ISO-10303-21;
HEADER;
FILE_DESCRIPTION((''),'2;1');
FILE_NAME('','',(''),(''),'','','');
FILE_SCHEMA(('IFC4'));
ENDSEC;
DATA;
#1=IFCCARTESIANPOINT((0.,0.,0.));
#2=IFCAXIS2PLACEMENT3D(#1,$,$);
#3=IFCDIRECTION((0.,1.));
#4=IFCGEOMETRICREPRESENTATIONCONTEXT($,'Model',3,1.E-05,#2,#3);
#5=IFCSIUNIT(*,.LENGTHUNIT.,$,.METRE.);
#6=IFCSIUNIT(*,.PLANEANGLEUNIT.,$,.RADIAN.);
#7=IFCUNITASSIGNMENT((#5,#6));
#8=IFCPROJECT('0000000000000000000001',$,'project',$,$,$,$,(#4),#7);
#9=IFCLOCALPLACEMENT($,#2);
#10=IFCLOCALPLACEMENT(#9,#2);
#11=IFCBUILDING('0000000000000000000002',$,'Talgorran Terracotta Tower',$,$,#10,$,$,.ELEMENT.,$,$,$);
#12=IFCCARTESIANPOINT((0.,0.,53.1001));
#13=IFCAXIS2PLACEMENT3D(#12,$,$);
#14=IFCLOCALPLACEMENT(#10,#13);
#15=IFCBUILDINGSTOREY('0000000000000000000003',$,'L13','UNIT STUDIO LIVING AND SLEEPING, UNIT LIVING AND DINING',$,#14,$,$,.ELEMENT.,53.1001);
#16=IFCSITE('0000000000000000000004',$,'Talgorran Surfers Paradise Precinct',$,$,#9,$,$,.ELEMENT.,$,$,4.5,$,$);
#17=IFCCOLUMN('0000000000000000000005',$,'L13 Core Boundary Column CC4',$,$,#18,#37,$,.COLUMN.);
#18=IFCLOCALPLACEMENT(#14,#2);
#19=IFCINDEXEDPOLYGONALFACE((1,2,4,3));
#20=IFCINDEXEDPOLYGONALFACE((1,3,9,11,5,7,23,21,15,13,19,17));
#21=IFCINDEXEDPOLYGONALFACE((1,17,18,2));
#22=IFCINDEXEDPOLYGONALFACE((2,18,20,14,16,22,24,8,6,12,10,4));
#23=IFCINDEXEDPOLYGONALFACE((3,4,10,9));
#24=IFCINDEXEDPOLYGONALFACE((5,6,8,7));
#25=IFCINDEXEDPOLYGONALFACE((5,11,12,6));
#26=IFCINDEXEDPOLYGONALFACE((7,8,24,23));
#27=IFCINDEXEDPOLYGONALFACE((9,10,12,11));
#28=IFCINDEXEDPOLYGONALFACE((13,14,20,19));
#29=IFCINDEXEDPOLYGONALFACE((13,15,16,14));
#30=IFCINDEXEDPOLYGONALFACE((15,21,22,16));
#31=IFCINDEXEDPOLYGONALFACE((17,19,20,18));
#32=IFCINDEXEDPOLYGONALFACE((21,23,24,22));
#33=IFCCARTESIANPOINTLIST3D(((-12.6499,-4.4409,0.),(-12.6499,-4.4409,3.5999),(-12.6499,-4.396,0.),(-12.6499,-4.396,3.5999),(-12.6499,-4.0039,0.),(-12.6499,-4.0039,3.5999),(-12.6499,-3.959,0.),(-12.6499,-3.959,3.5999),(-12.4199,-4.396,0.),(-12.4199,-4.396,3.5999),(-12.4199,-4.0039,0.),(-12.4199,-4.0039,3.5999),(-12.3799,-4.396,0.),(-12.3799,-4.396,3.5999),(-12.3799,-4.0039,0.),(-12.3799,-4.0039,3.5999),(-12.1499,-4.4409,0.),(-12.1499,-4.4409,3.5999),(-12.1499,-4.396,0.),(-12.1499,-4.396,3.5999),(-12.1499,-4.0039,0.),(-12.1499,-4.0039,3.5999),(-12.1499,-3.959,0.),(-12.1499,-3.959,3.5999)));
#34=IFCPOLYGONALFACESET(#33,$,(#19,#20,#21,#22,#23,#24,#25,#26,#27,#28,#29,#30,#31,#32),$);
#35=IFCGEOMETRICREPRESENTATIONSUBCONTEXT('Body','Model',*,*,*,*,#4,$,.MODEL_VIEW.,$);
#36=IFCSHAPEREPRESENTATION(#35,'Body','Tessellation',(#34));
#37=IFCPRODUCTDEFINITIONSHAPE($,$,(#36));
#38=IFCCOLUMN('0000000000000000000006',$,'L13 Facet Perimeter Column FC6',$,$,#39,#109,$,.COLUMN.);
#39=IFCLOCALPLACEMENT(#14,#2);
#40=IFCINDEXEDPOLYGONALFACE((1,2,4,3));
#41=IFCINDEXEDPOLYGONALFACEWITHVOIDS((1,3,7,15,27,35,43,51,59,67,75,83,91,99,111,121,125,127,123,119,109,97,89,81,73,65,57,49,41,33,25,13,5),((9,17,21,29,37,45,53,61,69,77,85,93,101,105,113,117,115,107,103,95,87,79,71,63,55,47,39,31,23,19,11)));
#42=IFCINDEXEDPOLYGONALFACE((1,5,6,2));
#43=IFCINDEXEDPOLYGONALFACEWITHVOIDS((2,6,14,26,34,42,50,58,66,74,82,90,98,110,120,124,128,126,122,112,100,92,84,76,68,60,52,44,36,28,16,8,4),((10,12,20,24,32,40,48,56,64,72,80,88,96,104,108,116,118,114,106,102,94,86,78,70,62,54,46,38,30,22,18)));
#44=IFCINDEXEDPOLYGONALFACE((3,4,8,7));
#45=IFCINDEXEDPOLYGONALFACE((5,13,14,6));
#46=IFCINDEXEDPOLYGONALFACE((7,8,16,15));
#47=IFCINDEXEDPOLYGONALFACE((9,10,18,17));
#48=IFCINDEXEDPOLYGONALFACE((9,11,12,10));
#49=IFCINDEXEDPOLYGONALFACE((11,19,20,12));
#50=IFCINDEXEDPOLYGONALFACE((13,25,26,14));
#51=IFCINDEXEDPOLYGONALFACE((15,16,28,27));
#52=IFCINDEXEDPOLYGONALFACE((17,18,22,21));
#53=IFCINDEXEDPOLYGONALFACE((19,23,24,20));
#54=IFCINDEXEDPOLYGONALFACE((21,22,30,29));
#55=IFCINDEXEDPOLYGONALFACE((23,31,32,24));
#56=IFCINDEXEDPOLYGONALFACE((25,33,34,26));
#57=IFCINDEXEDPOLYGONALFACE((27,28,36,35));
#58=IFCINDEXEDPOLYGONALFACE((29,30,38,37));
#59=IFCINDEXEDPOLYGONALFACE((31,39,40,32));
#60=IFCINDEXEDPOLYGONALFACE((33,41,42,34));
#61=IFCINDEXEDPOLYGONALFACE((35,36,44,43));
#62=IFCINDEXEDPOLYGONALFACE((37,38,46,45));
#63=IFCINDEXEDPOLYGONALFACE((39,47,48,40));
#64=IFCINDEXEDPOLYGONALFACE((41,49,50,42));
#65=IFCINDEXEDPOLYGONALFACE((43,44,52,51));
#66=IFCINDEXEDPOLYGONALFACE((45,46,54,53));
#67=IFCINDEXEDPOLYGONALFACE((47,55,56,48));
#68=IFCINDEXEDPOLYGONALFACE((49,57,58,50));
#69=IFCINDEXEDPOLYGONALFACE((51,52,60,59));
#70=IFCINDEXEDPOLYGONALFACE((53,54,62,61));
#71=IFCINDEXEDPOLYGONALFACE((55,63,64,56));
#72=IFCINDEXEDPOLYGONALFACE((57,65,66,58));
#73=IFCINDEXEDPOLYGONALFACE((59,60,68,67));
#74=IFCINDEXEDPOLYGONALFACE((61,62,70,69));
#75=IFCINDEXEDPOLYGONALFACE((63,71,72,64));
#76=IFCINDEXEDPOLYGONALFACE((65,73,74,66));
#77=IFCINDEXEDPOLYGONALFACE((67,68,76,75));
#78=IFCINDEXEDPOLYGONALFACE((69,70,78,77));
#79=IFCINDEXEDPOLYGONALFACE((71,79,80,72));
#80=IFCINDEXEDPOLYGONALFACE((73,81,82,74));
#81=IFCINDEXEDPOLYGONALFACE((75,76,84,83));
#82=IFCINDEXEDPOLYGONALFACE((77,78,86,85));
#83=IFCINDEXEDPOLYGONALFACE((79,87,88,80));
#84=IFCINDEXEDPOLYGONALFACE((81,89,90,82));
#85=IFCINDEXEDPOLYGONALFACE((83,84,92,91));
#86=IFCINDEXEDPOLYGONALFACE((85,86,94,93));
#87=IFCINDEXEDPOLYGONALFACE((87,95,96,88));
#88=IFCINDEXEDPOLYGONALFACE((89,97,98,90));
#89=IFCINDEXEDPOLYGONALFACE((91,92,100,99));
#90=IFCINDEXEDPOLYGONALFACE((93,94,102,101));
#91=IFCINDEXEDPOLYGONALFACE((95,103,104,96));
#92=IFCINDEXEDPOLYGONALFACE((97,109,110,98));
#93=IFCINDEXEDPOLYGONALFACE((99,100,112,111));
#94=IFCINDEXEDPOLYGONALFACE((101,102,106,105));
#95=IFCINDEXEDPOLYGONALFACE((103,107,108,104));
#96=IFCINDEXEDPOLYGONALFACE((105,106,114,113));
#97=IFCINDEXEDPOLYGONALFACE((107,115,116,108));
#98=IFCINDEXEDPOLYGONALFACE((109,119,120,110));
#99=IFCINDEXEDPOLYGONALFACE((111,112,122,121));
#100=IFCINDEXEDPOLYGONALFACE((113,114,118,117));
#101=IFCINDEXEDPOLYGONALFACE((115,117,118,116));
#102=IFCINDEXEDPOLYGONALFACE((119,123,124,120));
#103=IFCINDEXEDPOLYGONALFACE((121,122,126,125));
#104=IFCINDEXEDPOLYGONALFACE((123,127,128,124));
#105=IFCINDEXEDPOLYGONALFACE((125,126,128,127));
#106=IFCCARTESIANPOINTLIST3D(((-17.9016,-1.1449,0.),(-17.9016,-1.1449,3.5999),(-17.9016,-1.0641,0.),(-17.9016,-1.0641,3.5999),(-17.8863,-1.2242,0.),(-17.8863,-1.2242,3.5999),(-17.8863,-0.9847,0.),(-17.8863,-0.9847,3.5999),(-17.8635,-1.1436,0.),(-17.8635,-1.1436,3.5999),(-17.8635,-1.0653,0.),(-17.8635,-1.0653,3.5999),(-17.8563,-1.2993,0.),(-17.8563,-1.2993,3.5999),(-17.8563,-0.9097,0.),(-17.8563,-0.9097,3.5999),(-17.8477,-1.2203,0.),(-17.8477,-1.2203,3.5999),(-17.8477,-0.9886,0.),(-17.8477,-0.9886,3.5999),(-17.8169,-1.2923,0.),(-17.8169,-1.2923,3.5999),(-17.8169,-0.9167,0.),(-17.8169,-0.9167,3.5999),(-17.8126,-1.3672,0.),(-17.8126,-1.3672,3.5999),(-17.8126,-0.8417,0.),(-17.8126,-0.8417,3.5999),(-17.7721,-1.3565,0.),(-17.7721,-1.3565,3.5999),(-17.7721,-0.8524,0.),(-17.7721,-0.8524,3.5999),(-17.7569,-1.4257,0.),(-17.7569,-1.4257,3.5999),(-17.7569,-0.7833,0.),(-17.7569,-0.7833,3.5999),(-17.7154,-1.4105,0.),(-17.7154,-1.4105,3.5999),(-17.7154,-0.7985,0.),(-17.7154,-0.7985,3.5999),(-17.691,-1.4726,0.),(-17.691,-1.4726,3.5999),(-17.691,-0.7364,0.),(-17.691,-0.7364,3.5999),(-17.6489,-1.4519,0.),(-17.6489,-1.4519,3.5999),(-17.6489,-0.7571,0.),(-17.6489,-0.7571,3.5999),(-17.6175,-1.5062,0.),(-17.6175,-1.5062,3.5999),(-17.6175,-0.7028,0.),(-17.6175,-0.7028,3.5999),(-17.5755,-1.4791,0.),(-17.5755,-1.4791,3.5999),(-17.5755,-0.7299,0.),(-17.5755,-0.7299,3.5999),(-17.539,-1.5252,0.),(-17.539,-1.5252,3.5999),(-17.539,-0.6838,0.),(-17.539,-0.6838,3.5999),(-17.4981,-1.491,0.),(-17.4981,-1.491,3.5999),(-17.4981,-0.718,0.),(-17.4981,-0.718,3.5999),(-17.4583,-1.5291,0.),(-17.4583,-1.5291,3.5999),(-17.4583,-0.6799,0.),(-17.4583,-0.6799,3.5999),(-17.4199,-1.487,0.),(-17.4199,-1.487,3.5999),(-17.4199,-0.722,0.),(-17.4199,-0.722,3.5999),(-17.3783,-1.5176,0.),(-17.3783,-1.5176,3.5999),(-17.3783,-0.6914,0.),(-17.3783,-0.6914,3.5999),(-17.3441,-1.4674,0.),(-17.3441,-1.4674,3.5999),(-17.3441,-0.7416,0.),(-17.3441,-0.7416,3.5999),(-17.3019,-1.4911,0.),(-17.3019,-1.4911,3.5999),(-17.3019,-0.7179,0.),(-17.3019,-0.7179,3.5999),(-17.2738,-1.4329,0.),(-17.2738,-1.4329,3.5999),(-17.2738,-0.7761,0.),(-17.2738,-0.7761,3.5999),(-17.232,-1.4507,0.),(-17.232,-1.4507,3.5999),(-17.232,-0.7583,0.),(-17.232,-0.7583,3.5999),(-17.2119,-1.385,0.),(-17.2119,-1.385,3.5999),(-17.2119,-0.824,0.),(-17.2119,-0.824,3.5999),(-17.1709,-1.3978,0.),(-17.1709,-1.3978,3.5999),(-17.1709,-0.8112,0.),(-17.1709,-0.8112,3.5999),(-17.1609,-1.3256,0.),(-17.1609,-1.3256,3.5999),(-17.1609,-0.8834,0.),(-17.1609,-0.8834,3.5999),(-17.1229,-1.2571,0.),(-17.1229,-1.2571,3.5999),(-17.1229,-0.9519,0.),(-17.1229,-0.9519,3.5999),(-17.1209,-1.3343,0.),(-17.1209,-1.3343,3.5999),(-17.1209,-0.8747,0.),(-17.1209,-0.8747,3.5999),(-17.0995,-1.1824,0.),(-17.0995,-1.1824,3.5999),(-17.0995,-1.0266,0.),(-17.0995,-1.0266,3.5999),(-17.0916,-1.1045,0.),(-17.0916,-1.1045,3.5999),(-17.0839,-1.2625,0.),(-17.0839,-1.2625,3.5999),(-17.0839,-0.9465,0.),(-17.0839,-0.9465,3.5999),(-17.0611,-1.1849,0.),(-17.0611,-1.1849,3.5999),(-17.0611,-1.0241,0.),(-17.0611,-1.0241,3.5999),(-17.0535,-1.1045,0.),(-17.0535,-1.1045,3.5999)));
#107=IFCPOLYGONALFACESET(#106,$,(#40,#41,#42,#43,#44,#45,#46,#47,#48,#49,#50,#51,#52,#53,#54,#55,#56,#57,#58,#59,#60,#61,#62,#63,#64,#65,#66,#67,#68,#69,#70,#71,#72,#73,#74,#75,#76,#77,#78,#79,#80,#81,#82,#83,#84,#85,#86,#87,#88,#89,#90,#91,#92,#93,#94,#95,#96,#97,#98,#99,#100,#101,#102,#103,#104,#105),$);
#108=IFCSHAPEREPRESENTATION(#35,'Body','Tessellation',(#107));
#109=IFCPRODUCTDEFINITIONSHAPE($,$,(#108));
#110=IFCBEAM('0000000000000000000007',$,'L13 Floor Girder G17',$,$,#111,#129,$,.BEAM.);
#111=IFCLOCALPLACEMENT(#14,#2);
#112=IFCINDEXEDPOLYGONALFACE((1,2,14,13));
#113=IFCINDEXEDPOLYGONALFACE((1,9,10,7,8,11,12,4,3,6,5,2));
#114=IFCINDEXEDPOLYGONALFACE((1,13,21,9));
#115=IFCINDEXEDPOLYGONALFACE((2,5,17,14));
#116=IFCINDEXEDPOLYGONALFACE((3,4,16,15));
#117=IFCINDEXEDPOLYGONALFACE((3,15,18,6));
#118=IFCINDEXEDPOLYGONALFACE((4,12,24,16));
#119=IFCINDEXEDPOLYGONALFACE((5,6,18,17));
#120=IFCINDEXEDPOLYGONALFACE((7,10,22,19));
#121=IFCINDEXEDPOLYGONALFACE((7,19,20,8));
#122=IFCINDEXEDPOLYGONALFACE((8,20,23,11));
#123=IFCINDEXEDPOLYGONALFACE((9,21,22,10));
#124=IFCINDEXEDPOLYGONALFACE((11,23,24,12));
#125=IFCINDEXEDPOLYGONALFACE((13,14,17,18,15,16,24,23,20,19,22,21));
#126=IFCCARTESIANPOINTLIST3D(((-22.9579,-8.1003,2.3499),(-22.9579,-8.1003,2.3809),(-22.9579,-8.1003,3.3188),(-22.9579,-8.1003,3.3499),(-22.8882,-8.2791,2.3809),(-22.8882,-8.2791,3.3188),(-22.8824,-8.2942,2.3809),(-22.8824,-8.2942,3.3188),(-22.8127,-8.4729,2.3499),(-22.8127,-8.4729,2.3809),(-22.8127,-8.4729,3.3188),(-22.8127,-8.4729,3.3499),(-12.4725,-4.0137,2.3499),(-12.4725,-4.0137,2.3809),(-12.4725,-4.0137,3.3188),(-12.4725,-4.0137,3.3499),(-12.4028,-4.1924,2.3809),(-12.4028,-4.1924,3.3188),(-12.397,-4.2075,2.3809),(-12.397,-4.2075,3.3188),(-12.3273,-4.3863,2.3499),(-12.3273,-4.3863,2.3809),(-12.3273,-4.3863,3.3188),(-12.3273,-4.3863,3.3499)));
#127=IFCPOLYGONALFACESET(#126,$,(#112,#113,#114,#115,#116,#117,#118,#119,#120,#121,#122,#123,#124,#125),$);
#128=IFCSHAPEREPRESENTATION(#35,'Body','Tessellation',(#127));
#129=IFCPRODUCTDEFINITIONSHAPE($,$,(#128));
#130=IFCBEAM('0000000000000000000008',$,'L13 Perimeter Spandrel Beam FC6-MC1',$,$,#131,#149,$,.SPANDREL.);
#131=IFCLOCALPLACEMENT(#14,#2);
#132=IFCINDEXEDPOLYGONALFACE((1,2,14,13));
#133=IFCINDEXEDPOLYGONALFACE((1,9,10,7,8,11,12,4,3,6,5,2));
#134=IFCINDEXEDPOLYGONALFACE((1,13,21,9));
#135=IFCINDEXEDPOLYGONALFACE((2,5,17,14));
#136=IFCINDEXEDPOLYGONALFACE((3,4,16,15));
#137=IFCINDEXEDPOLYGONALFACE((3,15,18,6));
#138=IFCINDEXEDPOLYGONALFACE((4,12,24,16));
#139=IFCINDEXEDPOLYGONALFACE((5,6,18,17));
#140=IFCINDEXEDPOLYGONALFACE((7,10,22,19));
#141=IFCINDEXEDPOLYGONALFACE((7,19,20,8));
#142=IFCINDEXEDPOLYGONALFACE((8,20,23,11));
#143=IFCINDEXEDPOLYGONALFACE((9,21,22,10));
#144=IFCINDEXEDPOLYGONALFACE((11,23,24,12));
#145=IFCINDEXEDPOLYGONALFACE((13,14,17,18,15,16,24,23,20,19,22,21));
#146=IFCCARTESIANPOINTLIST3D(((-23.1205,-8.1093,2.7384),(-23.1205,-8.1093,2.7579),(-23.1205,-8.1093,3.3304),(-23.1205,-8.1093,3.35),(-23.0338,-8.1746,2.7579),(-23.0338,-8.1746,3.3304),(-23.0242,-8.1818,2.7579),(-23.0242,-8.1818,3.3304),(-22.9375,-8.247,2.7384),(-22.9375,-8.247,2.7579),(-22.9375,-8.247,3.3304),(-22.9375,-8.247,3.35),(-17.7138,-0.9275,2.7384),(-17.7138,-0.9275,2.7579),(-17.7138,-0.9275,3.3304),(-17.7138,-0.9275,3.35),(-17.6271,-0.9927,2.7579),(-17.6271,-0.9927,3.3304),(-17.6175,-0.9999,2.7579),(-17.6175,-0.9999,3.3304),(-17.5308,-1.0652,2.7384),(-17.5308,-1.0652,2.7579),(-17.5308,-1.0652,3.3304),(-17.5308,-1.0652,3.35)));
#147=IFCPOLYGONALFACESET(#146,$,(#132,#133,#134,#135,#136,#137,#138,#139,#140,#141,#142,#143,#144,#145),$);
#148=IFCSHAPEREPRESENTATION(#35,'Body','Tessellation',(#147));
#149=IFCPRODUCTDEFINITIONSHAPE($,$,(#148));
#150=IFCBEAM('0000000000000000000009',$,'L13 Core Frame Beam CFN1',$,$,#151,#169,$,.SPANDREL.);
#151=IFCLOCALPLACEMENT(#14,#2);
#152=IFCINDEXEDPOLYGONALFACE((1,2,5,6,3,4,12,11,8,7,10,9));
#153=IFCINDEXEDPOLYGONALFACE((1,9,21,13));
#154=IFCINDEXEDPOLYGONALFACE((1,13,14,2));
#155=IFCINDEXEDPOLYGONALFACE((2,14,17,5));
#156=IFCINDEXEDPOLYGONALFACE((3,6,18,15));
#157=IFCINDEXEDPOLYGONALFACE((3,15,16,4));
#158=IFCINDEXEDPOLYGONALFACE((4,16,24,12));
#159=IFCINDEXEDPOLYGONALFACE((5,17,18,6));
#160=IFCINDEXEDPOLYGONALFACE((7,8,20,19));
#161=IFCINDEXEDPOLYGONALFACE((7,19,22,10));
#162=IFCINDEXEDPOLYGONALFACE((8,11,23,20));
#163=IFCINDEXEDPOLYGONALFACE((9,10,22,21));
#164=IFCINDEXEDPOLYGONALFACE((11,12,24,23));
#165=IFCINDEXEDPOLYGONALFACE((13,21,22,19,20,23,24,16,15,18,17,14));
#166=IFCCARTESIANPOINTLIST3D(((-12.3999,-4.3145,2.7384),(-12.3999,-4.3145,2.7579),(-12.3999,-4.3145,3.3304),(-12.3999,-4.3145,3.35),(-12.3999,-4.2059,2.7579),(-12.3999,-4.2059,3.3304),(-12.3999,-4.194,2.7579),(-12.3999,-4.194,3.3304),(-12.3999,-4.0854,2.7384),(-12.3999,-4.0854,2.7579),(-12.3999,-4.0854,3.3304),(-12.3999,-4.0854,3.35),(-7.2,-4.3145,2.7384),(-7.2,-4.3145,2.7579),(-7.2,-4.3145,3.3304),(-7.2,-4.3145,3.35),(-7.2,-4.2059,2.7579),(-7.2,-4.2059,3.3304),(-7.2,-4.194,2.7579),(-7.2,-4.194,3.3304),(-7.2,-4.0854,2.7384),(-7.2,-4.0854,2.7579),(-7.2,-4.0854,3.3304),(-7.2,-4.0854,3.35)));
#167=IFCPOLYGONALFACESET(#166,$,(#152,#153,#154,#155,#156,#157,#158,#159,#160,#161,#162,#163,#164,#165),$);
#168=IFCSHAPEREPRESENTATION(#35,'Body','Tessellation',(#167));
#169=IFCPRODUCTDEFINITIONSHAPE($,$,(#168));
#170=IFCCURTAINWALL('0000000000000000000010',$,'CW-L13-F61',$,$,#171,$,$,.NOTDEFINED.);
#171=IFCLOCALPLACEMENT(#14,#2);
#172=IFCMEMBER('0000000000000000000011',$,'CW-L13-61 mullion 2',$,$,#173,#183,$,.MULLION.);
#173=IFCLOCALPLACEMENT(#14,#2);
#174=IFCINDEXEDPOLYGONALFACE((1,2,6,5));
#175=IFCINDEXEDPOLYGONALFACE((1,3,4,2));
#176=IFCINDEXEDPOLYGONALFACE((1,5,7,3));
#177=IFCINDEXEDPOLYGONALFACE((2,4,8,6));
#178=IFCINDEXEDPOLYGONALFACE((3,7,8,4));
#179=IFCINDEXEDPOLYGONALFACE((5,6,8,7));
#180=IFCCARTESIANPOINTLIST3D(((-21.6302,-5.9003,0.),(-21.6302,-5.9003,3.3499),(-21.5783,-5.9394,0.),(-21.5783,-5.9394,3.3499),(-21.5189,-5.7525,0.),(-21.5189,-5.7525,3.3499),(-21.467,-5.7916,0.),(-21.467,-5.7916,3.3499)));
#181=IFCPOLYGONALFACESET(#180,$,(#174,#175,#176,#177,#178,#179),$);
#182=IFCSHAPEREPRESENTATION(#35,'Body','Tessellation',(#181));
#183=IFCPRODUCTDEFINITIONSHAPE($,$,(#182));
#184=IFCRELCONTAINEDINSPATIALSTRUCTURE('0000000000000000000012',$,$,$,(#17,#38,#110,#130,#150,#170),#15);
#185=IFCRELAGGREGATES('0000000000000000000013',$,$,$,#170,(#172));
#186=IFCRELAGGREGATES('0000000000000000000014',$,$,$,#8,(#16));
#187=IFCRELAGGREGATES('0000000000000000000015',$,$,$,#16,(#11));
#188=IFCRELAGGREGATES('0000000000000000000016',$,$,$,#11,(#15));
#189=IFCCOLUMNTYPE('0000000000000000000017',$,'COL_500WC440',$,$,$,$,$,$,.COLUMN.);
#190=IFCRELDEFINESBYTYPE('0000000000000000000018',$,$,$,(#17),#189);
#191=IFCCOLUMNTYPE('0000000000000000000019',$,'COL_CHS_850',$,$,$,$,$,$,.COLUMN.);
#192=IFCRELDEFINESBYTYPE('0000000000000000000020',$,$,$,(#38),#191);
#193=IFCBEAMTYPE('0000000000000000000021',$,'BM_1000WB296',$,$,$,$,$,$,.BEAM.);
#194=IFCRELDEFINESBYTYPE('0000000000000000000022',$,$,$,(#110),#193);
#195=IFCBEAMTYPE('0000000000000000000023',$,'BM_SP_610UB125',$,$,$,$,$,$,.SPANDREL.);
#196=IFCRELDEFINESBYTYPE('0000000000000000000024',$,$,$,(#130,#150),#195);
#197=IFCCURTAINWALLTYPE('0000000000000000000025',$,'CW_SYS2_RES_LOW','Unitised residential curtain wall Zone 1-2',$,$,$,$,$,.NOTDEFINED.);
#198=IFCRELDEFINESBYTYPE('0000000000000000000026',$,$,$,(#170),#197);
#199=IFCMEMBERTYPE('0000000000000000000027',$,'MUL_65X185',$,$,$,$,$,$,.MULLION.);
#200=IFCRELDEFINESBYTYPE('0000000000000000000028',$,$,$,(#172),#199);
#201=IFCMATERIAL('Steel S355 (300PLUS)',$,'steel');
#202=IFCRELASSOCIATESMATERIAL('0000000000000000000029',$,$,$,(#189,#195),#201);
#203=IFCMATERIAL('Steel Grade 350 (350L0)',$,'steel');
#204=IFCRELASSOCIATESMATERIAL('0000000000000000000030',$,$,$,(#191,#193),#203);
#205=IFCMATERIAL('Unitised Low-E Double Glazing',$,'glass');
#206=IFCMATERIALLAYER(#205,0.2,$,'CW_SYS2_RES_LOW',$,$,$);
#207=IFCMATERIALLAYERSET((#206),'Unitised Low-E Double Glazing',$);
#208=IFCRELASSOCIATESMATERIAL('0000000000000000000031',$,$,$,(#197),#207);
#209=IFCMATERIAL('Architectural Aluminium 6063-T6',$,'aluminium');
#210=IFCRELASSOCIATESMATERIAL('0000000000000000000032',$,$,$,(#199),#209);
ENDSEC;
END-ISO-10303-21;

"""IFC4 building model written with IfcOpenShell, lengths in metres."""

from ifc_helpers import new_model, si_unit, direction, frame, origin, origin_2d, place, context, subcontext, project, spatial, rectangle, hollow_circle, i_section, extrude, material, layer, layer_set, material_profile, profile_set, type_object, element, aggregate, save


model = new_model("IFC4")

# Units and contexts
model_context = context("Model", 3, precision=1e-05, world=origin(), true_north=direction((0.0, 1.0)))
body_context = subcontext(model_context, "Body", "Model", "MODEL_VIEW")
ifc_project = project(units=[si_unit("LENGTHUNIT", "METRE"), si_unit("PLANEANGLEUNIT", "RADIAN")], contexts=[model_context])

# Site, building, storey
site_placement = place(None, origin())
site = spatial("IfcSite", under=ifc_project, at=site_placement, Name="Talgorran Surfers Paradise Precinct", CompositionType="ELEMENT", RefElevation=4.5)
building_placement = place(site_placement, origin())
building = spatial("IfcBuilding", under=site, at=building_placement, Name="Talgorran Terracotta Tower", CompositionType="ELEMENT")
storey_placement = place(building_placement, frame((0.0, 0.0, 53.1001)))
storey = spatial("IfcBuildingStorey", under=building, at=storey_placement, Name="L13", Description="UNIT STUDIO LIVING AND SLEEPING, UNIT LIVING AND DINING", CompositionType="ELEMENT", Elevation=53.1001)

# Columns
ifc_material_1 = material(Name="Steel S355 (300PLUS)", Category="steel")
ifc_material_profile_1 = material_profile(ifc_material_1, i_section(OverallWidth=0.5, OverallDepth=0.4819, WebThickness=0.04, FlangeThickness=0.0449, at=origin_2d()), Name="500WC440")
ifc_profile_set_1 = profile_set([ifc_material_profile_1], Name="Steel S355 (300PLUS)")
column_type_1 = type_object("IfcColumnType", Name="COL_500WC440", PredefinedType="COLUMN", material=ifc_profile_set_1)
column_1_placement = place(storey_placement, frame((-12.3999, -4.2, 0.0), z_axis=(0.0, 0.0, 1.0), x_axis=(1.0, 0.0, 0.0)))
element("IfcColumn", 1, at=column_1_placement, inside=storey, type_object=column_type_1, Name="L13 Core Boundary Column CC4", PredefinedType="COLUMN", context=body_context, shape_type="SweptSolid", body=[
    extrude(i_section(OverallWidth=0.5, OverallDepth=0.4819, WebThickness=0.04, FlangeThickness=0.0449, at=origin_2d()), origin(), (0.0, 0.0, 1.0), 3.5999),
])
ifc_material_2 = material(Name="Steel Grade 350 (350L0)", Category="steel")
ifc_material_profile_2 = material_profile(ifc_material_2, hollow_circle(Radius=0.425, WallThickness=0.0381, at=origin_2d()), Name="CHS850X38")
ifc_profile_set_2 = profile_set([ifc_material_profile_2], Name="Steel Grade 350 (350L0)")
column_type_2 = type_object("IfcColumnType", Name="COL_CHS_850", PredefinedType="COLUMN", material=ifc_profile_set_2)
column_2_placement = place(storey_placement, frame((-17.4785, -1.1045, 0.0), z_axis=(0.0, 0.0, 1.0), x_axis=(1.0, 0.0, 0.0)))
element("IfcColumn", 2, at=column_2_placement, inside=storey, type_object=column_type_2, Name="L13 Facet Perimeter Column FC6", PredefinedType="COLUMN", context=body_context, shape_type="SweptSolid", body=[
    extrude(hollow_circle(Radius=0.425, WallThickness=0.0381, at=origin_2d()), origin(), (0.0, 0.0, 1.0), 3.5999),
])

# Beams
ifc_material_profile_3 = material_profile(ifc_material_2, i_section(OverallWidth=0.3999, OverallDepth=1.0, WebThickness=0.0161, FlangeThickness=0.031, at=origin_2d()), Name="1000WB296")
ifc_profile_set_3 = profile_set([ifc_material_profile_3], Name="Steel Grade 350 (350L0)")
beam_type_1 = type_object("IfcBeamType", Name="BM_1000WB296", PredefinedType="BEAM", material=ifc_profile_set_3)
beam_1_placement = place(storey_placement, frame((-12.3999, -4.2, 2.8499), z_axis=(-0.931733, -0.363143, 0.0), x_axis=(0.363143, -0.931733, 0.0)))
element("IfcBeam", 3, at=beam_1_placement, inside=storey, type_object=beam_type_1, Name="L13 Floor Girder G17", PredefinedType="BEAM", context=body_context, shape_type="SweptSolid", body=[
    extrude(i_section(OverallWidth=0.3999, OverallDepth=1.0, WebThickness=0.0161, FlangeThickness=0.031, at=origin_2d()), origin(), (0.0, 0.0, 1.0), 11.2537),
])
ifc_material_profile_4 = material_profile(ifc_material_1, i_section(OverallWidth=0.229, OverallDepth=0.6116, WebThickness=0.012, FlangeThickness=0.0195, at=origin_2d()), Name="610UB125")
ifc_profile_set_4 = profile_set([ifc_material_profile_4], Name="Steel S355 (300PLUS)")
beam_type_2 = type_object("IfcBeamType", Name="BM_SP_610UB125", PredefinedType="SPANDREL", material=ifc_profile_set_4)
beam_2_placement = place(storey_placement, frame((-17.6223, -0.9963, 3.0442), z_axis=(-0.601446, -0.798913, 0.0), x_axis=(0.798913, -0.601446, 0.0)))
element("IfcBeam", 4, at=beam_2_placement, inside=storey, type_object=beam_type_2, Name="L13 Perimeter Spandrel Beam FC6-MC1", PredefinedType="SPANDREL", context=body_context, shape_type="SweptSolid", body=[
    extrude(i_section(OverallWidth=0.229, OverallDepth=0.6116, WebThickness=0.012, FlangeThickness=0.0195, at=origin_2d()), origin(), (0.0, 0.0, 1.0), 8.9895),
])
beam_3_placement = place(storey_placement, frame((-12.3999, -4.2, 3.0442), z_axis=(1.0, 0.0, 0.0), x_axis=(0.0, 1.0, 0.0)))
element("IfcBeam", 5, at=beam_3_placement, inside=storey, type_object=beam_type_2, Name="L13 Core Frame Beam CFN1", PredefinedType="SPANDREL", context=body_context, shape_type="SweptSolid", body=[
    extrude(i_section(OverallWidth=0.229, OverallDepth=0.6116, WebThickness=0.012, FlangeThickness=0.0195, at=origin_2d()), origin(), (0.0, 0.0, 1.0), 5.2),
])

# Curtain wall, member
ifc_material_3 = material(Name="Unitised Low-E Double Glazing", Category="glass")
ifc_layer_1 = layer(ifc_material_3, 0.2, Name="CW_SYS2_RES_LOW")
ifc_layer_set_1 = layer_set([ifc_layer_1], Name="Unitised Low-E Double Glazing")
curtain_wall_type = type_object("IfcCurtainWallType", Name="CW_SYS2_RES_LOW", Description="Unitised residential curtain wall Zone 1-2", PredefinedType="NOTDEFINED", material=ifc_layer_set_1)
curtain_wall_1_placement = place(storey_placement, origin())
curtain_wall_1 = element("IfcCurtainWall", 6, at=curtain_wall_1_placement, inside=storey, type_object=curtain_wall_type, Name="CW-L13-F61", PredefinedType="NOTDEFINED")
ifc_material_4 = material(Name="Architectural Aluminium 6063-T6", Category="aluminium")
ifc_material_profile_5 = material_profile(ifc_material_4, rectangle(XDim=0.0649, YDim=0.1851, at=origin_2d()), Name="CWM65X185")
ifc_profile_set_5 = profile_set([ifc_material_profile_5], Name="Architectural Aluminium 6063-T6")
member_type_1 = type_object("IfcMemberType", Name="MUL_65X185", PredefinedType="MULLION", material=ifc_profile_set_5)
member_1_placement = place(storey_placement, frame((-21.5486, -5.8459, 0.0), z_axis=(0.0, 0.0, 1.0), x_axis=(0.798918, -0.60144, 0.0)))
member_1 = element("IfcMember", 7, at=member_1_placement, type_object=member_type_1, Name="CW-L13-61 mullion 2", PredefinedType="MULLION", context=body_context, shape_type="SweptSolid", body=[
    extrude(rectangle(XDim=0.0649, YDim=0.1851, at=origin_2d()), origin(), (0.0, 0.0, 1.0), 3.3499),
])

aggregate(curtain_wall_1, [member_1])

save(model, "model.ifc")
